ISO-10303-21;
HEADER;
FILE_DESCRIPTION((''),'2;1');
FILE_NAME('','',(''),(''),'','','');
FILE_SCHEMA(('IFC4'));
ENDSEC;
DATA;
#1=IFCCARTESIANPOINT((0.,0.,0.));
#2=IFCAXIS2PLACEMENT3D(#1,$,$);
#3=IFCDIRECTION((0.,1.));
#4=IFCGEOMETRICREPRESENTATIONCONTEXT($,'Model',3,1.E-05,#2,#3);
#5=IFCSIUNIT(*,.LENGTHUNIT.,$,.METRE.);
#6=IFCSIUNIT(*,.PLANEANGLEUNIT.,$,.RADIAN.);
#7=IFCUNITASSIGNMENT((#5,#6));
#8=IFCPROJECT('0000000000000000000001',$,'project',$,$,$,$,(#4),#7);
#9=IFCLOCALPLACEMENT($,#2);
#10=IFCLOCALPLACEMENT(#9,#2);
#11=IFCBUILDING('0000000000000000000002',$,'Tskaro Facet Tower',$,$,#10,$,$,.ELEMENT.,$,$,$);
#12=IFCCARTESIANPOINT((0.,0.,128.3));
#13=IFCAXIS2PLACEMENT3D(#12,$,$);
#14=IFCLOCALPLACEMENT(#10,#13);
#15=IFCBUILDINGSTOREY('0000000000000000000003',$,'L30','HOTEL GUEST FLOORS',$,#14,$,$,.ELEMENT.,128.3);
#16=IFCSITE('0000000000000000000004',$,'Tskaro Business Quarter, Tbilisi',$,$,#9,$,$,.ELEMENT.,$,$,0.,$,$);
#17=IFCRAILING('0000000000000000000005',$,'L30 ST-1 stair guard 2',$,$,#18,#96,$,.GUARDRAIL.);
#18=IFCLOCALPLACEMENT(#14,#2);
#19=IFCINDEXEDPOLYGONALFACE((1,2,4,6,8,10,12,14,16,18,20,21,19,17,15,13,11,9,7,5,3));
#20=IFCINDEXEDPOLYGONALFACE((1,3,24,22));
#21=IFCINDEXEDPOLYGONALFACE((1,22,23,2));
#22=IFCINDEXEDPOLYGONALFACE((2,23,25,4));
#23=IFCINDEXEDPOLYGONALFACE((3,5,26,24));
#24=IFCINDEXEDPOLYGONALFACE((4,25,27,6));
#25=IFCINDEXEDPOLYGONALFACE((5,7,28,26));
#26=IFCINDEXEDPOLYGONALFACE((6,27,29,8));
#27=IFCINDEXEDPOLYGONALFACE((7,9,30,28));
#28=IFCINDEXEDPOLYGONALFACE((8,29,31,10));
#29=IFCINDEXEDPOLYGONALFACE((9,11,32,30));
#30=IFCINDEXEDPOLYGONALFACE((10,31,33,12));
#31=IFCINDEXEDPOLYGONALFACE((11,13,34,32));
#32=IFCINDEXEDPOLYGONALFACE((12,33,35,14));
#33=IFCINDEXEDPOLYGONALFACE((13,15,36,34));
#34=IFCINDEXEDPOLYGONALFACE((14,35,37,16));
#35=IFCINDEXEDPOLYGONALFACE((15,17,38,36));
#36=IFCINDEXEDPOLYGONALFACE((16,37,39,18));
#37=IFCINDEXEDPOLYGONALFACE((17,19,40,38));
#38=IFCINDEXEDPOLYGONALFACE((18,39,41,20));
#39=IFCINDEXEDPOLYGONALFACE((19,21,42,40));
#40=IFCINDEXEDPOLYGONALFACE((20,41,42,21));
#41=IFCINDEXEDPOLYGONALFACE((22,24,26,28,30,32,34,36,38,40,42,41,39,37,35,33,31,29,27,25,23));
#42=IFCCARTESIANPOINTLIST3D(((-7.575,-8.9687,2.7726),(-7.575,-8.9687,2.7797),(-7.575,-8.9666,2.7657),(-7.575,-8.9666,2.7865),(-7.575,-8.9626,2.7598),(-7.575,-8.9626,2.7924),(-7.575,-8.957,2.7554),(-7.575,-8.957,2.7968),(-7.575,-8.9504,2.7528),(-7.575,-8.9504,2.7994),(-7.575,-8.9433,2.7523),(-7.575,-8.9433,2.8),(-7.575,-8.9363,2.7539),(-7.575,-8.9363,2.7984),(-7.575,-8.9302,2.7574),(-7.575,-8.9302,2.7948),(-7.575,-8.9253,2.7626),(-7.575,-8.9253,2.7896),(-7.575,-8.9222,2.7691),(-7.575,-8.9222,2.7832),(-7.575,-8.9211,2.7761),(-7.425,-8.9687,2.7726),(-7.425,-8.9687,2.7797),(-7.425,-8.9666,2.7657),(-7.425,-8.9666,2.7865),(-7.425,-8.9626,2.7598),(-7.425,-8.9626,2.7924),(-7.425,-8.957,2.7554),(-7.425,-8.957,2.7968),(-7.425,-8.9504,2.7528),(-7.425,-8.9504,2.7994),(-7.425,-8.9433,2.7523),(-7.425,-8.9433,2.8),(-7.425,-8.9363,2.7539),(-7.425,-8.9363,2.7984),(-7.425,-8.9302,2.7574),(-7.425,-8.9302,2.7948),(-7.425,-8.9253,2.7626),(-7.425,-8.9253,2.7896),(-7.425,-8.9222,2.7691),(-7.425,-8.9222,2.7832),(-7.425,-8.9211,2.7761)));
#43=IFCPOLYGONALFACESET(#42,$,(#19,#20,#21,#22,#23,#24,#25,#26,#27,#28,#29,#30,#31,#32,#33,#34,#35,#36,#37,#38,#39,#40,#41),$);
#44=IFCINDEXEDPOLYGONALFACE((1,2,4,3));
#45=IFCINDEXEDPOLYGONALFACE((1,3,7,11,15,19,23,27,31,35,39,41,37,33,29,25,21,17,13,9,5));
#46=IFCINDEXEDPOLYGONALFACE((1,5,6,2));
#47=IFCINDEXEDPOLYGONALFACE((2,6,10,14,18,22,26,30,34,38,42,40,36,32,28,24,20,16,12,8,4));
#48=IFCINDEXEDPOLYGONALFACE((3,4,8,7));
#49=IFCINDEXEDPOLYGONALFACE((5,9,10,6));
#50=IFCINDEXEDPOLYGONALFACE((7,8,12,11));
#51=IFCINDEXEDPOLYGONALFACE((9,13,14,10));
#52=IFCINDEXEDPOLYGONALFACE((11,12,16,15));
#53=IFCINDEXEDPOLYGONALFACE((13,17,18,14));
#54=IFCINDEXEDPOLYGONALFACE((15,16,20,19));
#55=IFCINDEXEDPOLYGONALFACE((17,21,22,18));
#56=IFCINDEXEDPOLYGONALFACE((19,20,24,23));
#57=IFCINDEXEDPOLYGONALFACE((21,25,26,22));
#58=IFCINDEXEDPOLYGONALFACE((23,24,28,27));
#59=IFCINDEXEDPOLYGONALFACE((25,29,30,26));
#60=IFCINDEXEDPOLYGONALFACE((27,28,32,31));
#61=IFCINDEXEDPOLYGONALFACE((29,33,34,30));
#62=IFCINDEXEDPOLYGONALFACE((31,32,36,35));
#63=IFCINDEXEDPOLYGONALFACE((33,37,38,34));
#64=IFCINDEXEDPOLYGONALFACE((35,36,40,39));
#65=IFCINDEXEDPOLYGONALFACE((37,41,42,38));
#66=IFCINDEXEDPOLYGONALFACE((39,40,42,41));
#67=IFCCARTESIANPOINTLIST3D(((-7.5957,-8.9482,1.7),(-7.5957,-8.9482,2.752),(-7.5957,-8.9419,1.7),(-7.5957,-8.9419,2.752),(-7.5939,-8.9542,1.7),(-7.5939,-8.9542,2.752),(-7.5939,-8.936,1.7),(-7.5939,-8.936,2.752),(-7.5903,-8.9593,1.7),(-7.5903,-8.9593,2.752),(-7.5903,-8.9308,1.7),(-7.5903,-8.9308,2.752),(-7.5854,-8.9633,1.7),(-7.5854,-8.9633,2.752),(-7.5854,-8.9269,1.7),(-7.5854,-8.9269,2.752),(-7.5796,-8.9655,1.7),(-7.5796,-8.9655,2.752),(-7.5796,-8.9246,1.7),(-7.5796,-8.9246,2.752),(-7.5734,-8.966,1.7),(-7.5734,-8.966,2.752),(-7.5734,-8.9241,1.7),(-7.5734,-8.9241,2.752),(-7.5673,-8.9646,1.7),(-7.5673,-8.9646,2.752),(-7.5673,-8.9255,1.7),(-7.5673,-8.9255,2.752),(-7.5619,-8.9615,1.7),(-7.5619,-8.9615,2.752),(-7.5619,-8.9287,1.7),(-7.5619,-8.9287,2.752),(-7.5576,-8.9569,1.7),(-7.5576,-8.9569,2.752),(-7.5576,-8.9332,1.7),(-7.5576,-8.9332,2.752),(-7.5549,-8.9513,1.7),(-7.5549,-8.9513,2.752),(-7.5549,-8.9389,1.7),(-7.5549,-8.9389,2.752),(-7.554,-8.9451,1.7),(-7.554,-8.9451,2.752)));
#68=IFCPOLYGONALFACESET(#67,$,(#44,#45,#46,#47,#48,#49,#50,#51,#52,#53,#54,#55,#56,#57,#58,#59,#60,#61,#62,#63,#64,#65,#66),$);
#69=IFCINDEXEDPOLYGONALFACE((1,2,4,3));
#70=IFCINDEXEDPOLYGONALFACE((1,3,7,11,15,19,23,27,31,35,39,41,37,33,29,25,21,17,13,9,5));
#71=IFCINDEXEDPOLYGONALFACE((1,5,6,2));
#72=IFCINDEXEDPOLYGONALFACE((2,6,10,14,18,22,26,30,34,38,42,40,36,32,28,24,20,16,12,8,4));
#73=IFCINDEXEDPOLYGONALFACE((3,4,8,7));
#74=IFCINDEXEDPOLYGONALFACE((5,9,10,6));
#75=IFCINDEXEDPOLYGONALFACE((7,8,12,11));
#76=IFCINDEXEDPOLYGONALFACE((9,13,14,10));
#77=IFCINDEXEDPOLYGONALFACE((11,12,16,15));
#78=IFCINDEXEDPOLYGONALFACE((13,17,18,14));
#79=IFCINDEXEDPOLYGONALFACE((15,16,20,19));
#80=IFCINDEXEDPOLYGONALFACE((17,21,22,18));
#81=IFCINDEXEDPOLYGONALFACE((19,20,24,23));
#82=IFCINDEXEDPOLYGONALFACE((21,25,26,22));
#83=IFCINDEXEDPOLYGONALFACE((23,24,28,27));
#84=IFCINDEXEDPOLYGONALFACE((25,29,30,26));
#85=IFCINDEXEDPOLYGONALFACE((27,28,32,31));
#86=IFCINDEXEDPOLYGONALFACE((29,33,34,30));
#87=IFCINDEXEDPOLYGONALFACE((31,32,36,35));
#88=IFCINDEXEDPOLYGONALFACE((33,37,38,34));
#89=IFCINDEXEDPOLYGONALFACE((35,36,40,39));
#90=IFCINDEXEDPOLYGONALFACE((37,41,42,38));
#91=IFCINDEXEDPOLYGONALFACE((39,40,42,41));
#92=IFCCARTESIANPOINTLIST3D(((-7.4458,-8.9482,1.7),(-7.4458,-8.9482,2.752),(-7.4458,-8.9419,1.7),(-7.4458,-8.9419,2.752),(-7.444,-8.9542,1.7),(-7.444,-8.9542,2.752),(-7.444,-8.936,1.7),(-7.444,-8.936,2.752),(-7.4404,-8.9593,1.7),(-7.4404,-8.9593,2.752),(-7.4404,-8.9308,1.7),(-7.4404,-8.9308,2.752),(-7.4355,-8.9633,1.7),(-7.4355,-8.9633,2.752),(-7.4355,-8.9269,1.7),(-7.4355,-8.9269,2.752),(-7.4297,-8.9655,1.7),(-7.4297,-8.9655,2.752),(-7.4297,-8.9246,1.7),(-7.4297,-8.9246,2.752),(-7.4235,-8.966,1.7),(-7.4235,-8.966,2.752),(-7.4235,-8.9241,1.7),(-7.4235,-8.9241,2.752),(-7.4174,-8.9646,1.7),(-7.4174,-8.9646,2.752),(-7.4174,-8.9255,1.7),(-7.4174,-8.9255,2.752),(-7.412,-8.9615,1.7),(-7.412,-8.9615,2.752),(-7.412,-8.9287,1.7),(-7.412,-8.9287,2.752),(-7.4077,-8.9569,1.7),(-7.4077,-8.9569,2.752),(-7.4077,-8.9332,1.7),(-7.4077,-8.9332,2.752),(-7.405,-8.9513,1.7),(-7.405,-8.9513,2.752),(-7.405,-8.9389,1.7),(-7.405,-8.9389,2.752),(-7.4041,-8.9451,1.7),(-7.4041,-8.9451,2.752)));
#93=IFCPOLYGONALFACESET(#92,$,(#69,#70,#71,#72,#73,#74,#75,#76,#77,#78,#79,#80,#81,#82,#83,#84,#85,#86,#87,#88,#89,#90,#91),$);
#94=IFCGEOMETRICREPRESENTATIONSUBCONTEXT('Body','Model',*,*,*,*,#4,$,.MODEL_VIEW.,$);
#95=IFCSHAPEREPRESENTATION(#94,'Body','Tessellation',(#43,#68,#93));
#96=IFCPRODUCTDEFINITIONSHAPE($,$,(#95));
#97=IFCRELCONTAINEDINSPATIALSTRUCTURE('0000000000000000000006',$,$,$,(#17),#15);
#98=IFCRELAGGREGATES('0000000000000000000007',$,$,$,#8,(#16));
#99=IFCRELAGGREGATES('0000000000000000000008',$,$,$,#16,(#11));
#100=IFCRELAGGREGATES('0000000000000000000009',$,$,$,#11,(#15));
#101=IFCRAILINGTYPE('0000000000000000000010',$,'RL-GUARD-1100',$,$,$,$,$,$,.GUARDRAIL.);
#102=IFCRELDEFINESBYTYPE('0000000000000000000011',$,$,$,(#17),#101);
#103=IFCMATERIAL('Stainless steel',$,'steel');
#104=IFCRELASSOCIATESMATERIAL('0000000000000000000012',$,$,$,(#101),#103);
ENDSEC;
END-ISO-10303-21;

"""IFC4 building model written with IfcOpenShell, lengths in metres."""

from ifc_helpers import new_model, si_unit, direction, frame, origin, origin_2d, place, context, subcontext, project, spatial, circle, extrude, material, type_object, element, save


model = new_model("IFC4")

# Units and contexts
model_context = context("Model", 3, precision=1e-05, world=origin(), true_north=direction((0.0, 1.0)))
body_context = subcontext(model_context, "Body", "Model", "MODEL_VIEW")
ifc_project = project(units=[si_unit("LENGTHUNIT", "METRE"), si_unit("PLANEANGLEUNIT", "RADIAN")], contexts=[model_context])

# Site, building, storey
site_placement = place(None, origin())
site = spatial("IfcSite", under=ifc_project, at=site_placement, Name="Tskaro Business Quarter, Tbilisi", CompositionType="ELEMENT", RefElevation=0.0)
building_placement = place(site_placement, origin())
building = spatial("IfcBuilding", under=site, at=building_placement, Name="Tskaro Facet Tower", CompositionType="ELEMENT")
storey_placement = place(building_placement, frame((0.0, 0.0, 128.3)))
storey = spatial("IfcBuildingStorey", under=building, at=storey_placement, Name="L30", Description="HOTEL GUEST FLOORS", CompositionType="ELEMENT", Elevation=128.3)

# Shared definitions
ifc_material_1 = material(Name="Stainless steel", Category="steel")

# Railing
railing_type_1 = type_object("IfcRailingType", Name="RL-GUARD-1100", PredefinedType="GUARDRAIL", material=ifc_material_1)
railing_1_placement = place(storey_placement, frame((-7.575, -8.9451, 1.7)))
element("IfcRailing", 1, at=railing_1_placement, inside=storey, type_object=railing_type_1, Name="L30 ST-1 stair guard 2", PredefinedType="GUARDRAIL", context=body_context, shape_type="SweptSolid", body=[
    extrude(circle(Radius=0.0239, at=origin_2d()), frame((0.0, 0.0, 1.0762), z_axis=(1.0, 0.0, 0.0), x_axis=(0.0, 1.0, 0.0)), (0.0, 0.0, 1.0), 0.1499),
    extrude(circle(Radius=0.021, at=origin_2d()), origin(), (0.0, 0.0, 1.0), 1.052),
    extrude(circle(Radius=0.021, at=origin_2d()), frame((0.1499, 0.0, 0.0)), (0.0, 0.0, 1.0), 1.052),
])

save(model, "model.ifc")
